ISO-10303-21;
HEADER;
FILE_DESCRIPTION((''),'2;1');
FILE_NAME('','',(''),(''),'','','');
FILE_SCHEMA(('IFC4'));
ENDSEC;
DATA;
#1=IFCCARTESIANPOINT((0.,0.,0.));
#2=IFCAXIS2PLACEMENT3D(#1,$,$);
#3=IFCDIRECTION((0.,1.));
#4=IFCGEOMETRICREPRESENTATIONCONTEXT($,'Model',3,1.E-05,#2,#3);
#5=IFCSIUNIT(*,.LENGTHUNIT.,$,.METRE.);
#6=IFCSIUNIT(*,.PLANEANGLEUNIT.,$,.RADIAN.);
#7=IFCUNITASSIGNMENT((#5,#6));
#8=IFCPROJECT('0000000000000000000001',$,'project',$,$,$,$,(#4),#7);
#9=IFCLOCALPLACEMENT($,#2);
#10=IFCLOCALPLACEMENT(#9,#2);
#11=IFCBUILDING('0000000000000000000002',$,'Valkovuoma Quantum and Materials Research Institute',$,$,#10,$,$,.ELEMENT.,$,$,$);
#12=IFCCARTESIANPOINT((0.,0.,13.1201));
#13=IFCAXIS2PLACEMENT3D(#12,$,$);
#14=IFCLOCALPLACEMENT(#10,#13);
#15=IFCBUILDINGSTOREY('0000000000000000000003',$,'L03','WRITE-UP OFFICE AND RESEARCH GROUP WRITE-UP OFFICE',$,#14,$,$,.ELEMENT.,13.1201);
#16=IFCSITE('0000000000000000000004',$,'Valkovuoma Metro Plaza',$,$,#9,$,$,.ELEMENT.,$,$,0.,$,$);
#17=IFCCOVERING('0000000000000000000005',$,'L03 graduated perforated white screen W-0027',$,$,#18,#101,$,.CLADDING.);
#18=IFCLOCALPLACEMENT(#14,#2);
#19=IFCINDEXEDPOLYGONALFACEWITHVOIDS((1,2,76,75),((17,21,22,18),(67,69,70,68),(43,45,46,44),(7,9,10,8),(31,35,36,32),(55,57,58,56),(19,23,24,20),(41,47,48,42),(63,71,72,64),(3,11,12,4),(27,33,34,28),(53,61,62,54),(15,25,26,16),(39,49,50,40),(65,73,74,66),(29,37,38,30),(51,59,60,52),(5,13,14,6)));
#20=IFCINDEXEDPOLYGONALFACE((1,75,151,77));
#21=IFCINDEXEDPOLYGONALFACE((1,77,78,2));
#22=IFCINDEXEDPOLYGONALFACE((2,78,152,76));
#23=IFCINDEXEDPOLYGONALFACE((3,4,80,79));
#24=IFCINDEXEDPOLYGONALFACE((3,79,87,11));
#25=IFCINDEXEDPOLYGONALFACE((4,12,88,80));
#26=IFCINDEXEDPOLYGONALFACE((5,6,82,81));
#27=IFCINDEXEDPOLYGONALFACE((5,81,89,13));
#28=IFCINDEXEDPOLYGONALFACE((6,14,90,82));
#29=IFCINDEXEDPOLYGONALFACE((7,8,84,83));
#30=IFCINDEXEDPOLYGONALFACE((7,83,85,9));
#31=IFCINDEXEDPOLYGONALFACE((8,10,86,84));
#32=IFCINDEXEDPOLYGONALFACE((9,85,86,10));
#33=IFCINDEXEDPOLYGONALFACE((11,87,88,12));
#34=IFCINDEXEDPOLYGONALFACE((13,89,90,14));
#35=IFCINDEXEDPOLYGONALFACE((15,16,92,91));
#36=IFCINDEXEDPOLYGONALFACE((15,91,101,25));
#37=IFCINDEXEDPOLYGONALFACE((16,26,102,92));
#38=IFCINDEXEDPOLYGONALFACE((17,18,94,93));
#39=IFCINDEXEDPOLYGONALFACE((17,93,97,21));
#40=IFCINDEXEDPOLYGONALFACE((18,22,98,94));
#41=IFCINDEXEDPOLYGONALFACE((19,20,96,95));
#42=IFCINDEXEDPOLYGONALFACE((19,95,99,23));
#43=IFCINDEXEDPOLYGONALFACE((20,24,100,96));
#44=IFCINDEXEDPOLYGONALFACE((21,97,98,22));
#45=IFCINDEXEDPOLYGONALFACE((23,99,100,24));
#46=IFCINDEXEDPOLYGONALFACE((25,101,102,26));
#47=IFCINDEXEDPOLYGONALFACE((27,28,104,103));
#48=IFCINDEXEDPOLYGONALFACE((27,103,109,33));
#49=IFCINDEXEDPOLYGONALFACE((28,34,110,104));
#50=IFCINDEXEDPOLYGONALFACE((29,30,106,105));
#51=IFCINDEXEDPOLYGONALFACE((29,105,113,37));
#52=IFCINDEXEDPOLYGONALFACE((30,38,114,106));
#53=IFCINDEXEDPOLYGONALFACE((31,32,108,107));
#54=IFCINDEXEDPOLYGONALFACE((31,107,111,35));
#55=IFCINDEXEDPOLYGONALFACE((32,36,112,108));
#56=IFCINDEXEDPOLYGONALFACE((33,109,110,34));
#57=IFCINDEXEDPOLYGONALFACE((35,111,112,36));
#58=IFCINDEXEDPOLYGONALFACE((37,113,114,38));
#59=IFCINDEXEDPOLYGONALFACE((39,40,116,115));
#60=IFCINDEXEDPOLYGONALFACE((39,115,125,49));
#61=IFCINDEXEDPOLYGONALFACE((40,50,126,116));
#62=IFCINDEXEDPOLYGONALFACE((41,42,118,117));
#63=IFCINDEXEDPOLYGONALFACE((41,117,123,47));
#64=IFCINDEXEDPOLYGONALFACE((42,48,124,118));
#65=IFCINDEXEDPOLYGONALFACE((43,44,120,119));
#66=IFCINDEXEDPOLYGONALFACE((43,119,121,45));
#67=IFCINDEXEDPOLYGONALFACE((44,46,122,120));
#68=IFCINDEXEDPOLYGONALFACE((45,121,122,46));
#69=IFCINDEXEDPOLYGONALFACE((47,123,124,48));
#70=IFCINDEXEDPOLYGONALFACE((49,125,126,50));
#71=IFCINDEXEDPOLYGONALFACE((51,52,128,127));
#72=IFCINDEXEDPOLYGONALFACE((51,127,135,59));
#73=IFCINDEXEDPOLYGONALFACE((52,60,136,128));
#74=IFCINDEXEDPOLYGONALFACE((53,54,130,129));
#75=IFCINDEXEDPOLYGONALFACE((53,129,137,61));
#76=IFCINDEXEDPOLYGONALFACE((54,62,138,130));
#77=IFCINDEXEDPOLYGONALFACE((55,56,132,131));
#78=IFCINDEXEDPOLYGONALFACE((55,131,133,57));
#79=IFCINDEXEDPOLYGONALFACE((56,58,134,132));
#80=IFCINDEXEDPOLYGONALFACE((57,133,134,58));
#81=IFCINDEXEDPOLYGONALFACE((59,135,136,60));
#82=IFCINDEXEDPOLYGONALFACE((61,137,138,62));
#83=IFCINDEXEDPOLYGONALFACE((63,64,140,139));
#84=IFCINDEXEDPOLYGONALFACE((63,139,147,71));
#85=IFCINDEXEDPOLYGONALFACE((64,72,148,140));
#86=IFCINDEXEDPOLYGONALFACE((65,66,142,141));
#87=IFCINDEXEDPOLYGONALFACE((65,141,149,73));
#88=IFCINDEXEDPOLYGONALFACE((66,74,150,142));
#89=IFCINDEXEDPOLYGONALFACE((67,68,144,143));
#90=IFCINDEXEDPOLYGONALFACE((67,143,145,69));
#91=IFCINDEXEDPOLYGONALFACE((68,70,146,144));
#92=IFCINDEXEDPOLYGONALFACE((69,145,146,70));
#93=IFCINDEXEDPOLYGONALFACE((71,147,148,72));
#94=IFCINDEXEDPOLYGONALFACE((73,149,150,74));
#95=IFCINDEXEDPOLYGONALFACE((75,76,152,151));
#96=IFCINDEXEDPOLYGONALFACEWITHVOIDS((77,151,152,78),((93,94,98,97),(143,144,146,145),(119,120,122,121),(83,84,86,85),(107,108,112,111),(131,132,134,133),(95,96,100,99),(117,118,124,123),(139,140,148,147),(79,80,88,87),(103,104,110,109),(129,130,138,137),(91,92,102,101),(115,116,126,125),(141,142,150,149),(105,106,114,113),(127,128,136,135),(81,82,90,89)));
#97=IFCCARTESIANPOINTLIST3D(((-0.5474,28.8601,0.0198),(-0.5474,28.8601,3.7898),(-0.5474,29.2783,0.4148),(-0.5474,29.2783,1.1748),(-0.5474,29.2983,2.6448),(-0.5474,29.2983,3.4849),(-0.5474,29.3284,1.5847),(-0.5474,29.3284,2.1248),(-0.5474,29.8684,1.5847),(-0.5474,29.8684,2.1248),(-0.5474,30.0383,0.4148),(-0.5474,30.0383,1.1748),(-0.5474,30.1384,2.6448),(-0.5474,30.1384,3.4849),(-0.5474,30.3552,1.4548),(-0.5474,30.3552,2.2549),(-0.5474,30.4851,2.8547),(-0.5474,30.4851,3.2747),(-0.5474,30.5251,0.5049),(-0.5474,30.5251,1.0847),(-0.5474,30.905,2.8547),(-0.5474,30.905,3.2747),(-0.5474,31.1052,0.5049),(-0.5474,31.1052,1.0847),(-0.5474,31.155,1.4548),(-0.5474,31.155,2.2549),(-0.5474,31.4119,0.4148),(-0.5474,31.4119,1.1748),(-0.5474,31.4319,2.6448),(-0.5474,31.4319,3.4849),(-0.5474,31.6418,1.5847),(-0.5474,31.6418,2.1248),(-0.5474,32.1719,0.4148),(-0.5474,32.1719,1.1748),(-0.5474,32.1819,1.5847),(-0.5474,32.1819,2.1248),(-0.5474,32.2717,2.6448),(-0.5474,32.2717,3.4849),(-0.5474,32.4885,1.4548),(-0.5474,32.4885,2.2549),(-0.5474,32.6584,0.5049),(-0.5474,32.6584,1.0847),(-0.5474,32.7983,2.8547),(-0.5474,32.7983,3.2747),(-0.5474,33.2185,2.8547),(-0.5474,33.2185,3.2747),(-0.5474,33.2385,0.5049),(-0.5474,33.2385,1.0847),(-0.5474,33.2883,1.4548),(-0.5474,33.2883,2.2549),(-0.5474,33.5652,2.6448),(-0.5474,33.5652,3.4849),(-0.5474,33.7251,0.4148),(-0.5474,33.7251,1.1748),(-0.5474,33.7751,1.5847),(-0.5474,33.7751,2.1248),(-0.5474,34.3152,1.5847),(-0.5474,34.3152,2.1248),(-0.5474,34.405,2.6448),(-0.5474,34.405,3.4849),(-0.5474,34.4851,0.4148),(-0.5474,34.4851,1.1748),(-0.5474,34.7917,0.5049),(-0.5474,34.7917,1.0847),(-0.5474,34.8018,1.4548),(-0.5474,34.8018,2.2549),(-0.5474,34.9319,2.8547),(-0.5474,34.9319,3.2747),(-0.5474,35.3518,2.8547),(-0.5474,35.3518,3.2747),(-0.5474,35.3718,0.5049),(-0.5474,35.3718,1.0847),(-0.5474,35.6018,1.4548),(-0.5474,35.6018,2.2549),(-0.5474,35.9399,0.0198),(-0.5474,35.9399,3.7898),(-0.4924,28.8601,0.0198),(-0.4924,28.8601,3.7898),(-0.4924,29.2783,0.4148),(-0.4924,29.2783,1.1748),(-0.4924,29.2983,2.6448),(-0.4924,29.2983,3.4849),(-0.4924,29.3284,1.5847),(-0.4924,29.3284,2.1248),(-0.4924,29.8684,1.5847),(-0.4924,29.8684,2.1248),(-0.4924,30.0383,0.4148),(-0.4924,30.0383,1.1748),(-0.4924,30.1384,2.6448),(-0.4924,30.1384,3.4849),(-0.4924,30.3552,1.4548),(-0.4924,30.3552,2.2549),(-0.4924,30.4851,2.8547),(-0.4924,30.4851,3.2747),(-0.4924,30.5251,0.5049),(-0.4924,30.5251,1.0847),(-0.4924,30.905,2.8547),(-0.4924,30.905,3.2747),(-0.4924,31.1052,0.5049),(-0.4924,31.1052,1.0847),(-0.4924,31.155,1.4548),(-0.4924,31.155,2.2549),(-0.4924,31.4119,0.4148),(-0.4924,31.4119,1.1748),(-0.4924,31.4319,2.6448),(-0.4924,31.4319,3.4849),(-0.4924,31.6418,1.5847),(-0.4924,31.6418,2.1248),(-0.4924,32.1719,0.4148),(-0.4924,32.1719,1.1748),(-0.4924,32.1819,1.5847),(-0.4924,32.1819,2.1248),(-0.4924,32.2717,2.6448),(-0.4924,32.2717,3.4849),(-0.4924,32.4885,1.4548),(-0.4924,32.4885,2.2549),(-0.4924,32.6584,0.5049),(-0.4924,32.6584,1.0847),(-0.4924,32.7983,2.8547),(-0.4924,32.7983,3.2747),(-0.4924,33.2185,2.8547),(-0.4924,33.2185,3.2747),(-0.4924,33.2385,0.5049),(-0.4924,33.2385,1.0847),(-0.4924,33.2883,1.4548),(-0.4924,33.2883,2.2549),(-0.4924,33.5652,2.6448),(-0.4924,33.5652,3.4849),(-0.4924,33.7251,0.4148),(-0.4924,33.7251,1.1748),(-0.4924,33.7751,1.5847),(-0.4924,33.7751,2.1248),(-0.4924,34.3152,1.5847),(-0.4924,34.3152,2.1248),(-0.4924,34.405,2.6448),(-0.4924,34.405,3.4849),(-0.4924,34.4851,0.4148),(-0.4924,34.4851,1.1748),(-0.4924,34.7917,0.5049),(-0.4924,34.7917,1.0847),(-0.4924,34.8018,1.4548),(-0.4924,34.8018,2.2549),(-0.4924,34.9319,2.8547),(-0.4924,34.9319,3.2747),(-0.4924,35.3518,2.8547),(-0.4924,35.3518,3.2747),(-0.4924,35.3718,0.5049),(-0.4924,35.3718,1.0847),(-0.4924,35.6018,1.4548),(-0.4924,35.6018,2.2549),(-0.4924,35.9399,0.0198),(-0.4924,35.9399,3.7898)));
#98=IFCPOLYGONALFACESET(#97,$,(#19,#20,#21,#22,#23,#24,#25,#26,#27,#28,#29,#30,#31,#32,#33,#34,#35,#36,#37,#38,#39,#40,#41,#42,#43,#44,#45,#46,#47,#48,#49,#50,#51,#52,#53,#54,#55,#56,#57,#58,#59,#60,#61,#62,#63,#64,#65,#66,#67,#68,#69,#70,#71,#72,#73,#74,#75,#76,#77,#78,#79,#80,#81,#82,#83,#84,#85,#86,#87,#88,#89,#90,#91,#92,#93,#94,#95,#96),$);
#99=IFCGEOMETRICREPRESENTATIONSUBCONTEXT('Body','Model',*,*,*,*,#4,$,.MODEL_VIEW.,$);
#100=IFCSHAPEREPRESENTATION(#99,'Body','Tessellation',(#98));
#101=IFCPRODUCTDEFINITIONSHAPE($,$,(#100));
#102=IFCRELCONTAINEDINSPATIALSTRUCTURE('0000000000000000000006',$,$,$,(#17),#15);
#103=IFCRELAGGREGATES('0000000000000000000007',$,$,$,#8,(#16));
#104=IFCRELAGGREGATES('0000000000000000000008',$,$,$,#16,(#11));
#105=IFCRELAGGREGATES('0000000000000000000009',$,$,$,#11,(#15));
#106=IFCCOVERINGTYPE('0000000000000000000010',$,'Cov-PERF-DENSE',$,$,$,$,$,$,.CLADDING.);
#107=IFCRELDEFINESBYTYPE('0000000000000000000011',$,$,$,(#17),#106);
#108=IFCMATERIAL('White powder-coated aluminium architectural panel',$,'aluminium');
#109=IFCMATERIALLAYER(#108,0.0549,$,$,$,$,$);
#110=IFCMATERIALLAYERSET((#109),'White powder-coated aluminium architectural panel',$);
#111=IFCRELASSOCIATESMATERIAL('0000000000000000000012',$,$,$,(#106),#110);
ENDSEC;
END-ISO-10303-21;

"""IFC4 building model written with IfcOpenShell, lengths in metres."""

from ifc_helpers import new_model, si_unit, direction, frame, origin, place, context, subcontext, project, spatial, polyline, outline, extrude, material, layer, layer_set, type_object, element, save


model = new_model("IFC4")

# Units and contexts
model_context = context("Model", 3, precision=1e-05, world=origin(), true_north=direction((0.0, 1.0)))
body_context = subcontext(model_context, "Body", "Model", "MODEL_VIEW")
ifc_project = project(units=[si_unit("LENGTHUNIT", "METRE"), si_unit("PLANEANGLEUNIT", "RADIAN")], contexts=[model_context])

# Site, building, storey
site_placement = place(None, origin())
site = spatial("IfcSite", under=ifc_project, at=site_placement, Name="Valkovuoma Metro Plaza", CompositionType="ELEMENT", RefElevation=0.0)
building_placement = place(site_placement, origin())
building = spatial("IfcBuilding", under=site, at=building_placement, Name="Valkovuoma Quantum and Materials Research Institute", CompositionType="ELEMENT")
storey_placement = place(building_placement, frame((0.0, 0.0, 13.1201)))
storey = spatial("IfcBuildingStorey", under=building, at=storey_placement, Name="L03", Description="WRITE-UP OFFICE AND RESEARCH GROUP WRITE-UP OFFICE", CompositionType="ELEMENT", Elevation=13.1201)

# Covering
ifc_material_1 = material(Name="White powder-coated aluminium architectural panel", Category="aluminium")
ifc_layer_1 = layer(ifc_material_1, 0.0549)
ifc_layer_set_1 = layer_set([ifc_layer_1], Name="White powder-coated aluminium architectural panel")
covering_type = type_object("IfcCoveringType", Name="Cov-PERF-DENSE", PredefinedType="CLADDING", material=ifc_layer_set_1)
covering_placement = place(storey_placement, frame((-0.52, 28.8601, 0.0198), z_axis=(0.0, 0.0, 1.0), x_axis=(0.0, 1.0, 0.0)))
element("IfcCovering", 1, at=covering_placement, inside=storey, type_object=covering_type, Name="L03 graduated perforated white screen W-0027", PredefinedType="CLADDING", context=body_context, shape_type="SweptSolid", body=[
    extrude(outline(polyline([(0.0, 0.0), (7.0798, 0.0), (7.0798, 3.77), (0.0, 3.77), (0.0, 0.0)]), holes=[polyline([(0.4182, 0.395), (0.4182, 1.155), (1.1782, 1.155), (1.1782, 0.395), (0.4182, 0.395)]), polyline([(0.4683, 1.5649), (0.4683, 2.105), (1.0083, 2.105), (1.0083, 1.5649), (0.4683, 1.5649)]), polyline([(0.4382, 2.625), (0.4382, 3.4651), (1.2783, 3.4651), (1.2783, 2.625), (0.4382, 2.625)]), polyline([(1.665, 0.4851), (1.665, 1.0649), (2.2451, 1.0649), (2.2451, 0.4851), (1.665, 0.4851)]), polyline([(1.4951, 1.4351), (1.4951, 2.2351), (2.2949, 2.2351), (2.2949, 1.4351), (1.4951, 1.4351)]), polyline([(1.625, 2.835), (1.625, 3.2549), (2.0449, 3.2549), (2.0449, 2.835), (1.625, 2.835)]), polyline([(2.5518, 0.395), (2.5518, 1.155), (3.3118, 1.155), (3.3118, 0.395), (2.5518, 0.395)]), polyline([(2.7817, 1.5649), (2.7817, 2.105), (3.3218, 2.105), (3.3218, 1.5649), (2.7817, 1.5649)]), polyline([(2.5718, 2.625), (2.5718, 3.4651), (3.4116, 3.4651), (3.4116, 2.625), (2.5718, 2.625)]), polyline([(3.7983, 0.4851), (3.7983, 1.0649), (4.3784, 1.0649), (4.3784, 0.4851), (3.7983, 0.4851)]), polyline([(3.6284, 1.4351), (3.6284, 2.2351), (4.4282, 2.2351), (4.4282, 1.4351), (3.6284, 1.4351)]), polyline([(3.9382, 2.835), (3.9382, 3.2549), (4.3584, 3.2549), (4.3584, 2.835), (3.9382, 2.835)]), polyline([(4.865, 0.395), (4.865, 1.155), (5.625, 1.155), (5.625, 0.395), (4.865, 0.395)]), polyline([(4.915, 1.5649), (4.915, 2.105), (5.4551, 2.105), (5.4551, 1.5649), (4.915, 1.5649)]), polyline([(4.7051, 2.625), (4.7051, 3.4651), (5.5449, 3.4651), (5.5449, 2.625), (4.7051, 2.625)]), polyline([(5.9316, 0.4851), (5.9316, 1.0649), (6.5117, 1.0649), (6.5117, 0.4851), (5.9316, 0.4851)]), polyline([(5.9417, 1.4351), (5.9417, 2.2351), (6.7417, 2.2351), (6.7417, 1.4351), (5.9417, 1.4351)]), polyline([(6.0718, 2.835), (6.0718, 3.2549), (6.4917, 3.2549), (6.4917, 2.835), (6.0718, 2.835)])]), frame((0.0, 0.0273, 0.0), z_axis=(0.0, -1.0, 0.0), x_axis=(1.0, 0.0, 0.0)), (0.0, 0.0, 1.0), 0.0549),
])

save(model, "model.ifc")
